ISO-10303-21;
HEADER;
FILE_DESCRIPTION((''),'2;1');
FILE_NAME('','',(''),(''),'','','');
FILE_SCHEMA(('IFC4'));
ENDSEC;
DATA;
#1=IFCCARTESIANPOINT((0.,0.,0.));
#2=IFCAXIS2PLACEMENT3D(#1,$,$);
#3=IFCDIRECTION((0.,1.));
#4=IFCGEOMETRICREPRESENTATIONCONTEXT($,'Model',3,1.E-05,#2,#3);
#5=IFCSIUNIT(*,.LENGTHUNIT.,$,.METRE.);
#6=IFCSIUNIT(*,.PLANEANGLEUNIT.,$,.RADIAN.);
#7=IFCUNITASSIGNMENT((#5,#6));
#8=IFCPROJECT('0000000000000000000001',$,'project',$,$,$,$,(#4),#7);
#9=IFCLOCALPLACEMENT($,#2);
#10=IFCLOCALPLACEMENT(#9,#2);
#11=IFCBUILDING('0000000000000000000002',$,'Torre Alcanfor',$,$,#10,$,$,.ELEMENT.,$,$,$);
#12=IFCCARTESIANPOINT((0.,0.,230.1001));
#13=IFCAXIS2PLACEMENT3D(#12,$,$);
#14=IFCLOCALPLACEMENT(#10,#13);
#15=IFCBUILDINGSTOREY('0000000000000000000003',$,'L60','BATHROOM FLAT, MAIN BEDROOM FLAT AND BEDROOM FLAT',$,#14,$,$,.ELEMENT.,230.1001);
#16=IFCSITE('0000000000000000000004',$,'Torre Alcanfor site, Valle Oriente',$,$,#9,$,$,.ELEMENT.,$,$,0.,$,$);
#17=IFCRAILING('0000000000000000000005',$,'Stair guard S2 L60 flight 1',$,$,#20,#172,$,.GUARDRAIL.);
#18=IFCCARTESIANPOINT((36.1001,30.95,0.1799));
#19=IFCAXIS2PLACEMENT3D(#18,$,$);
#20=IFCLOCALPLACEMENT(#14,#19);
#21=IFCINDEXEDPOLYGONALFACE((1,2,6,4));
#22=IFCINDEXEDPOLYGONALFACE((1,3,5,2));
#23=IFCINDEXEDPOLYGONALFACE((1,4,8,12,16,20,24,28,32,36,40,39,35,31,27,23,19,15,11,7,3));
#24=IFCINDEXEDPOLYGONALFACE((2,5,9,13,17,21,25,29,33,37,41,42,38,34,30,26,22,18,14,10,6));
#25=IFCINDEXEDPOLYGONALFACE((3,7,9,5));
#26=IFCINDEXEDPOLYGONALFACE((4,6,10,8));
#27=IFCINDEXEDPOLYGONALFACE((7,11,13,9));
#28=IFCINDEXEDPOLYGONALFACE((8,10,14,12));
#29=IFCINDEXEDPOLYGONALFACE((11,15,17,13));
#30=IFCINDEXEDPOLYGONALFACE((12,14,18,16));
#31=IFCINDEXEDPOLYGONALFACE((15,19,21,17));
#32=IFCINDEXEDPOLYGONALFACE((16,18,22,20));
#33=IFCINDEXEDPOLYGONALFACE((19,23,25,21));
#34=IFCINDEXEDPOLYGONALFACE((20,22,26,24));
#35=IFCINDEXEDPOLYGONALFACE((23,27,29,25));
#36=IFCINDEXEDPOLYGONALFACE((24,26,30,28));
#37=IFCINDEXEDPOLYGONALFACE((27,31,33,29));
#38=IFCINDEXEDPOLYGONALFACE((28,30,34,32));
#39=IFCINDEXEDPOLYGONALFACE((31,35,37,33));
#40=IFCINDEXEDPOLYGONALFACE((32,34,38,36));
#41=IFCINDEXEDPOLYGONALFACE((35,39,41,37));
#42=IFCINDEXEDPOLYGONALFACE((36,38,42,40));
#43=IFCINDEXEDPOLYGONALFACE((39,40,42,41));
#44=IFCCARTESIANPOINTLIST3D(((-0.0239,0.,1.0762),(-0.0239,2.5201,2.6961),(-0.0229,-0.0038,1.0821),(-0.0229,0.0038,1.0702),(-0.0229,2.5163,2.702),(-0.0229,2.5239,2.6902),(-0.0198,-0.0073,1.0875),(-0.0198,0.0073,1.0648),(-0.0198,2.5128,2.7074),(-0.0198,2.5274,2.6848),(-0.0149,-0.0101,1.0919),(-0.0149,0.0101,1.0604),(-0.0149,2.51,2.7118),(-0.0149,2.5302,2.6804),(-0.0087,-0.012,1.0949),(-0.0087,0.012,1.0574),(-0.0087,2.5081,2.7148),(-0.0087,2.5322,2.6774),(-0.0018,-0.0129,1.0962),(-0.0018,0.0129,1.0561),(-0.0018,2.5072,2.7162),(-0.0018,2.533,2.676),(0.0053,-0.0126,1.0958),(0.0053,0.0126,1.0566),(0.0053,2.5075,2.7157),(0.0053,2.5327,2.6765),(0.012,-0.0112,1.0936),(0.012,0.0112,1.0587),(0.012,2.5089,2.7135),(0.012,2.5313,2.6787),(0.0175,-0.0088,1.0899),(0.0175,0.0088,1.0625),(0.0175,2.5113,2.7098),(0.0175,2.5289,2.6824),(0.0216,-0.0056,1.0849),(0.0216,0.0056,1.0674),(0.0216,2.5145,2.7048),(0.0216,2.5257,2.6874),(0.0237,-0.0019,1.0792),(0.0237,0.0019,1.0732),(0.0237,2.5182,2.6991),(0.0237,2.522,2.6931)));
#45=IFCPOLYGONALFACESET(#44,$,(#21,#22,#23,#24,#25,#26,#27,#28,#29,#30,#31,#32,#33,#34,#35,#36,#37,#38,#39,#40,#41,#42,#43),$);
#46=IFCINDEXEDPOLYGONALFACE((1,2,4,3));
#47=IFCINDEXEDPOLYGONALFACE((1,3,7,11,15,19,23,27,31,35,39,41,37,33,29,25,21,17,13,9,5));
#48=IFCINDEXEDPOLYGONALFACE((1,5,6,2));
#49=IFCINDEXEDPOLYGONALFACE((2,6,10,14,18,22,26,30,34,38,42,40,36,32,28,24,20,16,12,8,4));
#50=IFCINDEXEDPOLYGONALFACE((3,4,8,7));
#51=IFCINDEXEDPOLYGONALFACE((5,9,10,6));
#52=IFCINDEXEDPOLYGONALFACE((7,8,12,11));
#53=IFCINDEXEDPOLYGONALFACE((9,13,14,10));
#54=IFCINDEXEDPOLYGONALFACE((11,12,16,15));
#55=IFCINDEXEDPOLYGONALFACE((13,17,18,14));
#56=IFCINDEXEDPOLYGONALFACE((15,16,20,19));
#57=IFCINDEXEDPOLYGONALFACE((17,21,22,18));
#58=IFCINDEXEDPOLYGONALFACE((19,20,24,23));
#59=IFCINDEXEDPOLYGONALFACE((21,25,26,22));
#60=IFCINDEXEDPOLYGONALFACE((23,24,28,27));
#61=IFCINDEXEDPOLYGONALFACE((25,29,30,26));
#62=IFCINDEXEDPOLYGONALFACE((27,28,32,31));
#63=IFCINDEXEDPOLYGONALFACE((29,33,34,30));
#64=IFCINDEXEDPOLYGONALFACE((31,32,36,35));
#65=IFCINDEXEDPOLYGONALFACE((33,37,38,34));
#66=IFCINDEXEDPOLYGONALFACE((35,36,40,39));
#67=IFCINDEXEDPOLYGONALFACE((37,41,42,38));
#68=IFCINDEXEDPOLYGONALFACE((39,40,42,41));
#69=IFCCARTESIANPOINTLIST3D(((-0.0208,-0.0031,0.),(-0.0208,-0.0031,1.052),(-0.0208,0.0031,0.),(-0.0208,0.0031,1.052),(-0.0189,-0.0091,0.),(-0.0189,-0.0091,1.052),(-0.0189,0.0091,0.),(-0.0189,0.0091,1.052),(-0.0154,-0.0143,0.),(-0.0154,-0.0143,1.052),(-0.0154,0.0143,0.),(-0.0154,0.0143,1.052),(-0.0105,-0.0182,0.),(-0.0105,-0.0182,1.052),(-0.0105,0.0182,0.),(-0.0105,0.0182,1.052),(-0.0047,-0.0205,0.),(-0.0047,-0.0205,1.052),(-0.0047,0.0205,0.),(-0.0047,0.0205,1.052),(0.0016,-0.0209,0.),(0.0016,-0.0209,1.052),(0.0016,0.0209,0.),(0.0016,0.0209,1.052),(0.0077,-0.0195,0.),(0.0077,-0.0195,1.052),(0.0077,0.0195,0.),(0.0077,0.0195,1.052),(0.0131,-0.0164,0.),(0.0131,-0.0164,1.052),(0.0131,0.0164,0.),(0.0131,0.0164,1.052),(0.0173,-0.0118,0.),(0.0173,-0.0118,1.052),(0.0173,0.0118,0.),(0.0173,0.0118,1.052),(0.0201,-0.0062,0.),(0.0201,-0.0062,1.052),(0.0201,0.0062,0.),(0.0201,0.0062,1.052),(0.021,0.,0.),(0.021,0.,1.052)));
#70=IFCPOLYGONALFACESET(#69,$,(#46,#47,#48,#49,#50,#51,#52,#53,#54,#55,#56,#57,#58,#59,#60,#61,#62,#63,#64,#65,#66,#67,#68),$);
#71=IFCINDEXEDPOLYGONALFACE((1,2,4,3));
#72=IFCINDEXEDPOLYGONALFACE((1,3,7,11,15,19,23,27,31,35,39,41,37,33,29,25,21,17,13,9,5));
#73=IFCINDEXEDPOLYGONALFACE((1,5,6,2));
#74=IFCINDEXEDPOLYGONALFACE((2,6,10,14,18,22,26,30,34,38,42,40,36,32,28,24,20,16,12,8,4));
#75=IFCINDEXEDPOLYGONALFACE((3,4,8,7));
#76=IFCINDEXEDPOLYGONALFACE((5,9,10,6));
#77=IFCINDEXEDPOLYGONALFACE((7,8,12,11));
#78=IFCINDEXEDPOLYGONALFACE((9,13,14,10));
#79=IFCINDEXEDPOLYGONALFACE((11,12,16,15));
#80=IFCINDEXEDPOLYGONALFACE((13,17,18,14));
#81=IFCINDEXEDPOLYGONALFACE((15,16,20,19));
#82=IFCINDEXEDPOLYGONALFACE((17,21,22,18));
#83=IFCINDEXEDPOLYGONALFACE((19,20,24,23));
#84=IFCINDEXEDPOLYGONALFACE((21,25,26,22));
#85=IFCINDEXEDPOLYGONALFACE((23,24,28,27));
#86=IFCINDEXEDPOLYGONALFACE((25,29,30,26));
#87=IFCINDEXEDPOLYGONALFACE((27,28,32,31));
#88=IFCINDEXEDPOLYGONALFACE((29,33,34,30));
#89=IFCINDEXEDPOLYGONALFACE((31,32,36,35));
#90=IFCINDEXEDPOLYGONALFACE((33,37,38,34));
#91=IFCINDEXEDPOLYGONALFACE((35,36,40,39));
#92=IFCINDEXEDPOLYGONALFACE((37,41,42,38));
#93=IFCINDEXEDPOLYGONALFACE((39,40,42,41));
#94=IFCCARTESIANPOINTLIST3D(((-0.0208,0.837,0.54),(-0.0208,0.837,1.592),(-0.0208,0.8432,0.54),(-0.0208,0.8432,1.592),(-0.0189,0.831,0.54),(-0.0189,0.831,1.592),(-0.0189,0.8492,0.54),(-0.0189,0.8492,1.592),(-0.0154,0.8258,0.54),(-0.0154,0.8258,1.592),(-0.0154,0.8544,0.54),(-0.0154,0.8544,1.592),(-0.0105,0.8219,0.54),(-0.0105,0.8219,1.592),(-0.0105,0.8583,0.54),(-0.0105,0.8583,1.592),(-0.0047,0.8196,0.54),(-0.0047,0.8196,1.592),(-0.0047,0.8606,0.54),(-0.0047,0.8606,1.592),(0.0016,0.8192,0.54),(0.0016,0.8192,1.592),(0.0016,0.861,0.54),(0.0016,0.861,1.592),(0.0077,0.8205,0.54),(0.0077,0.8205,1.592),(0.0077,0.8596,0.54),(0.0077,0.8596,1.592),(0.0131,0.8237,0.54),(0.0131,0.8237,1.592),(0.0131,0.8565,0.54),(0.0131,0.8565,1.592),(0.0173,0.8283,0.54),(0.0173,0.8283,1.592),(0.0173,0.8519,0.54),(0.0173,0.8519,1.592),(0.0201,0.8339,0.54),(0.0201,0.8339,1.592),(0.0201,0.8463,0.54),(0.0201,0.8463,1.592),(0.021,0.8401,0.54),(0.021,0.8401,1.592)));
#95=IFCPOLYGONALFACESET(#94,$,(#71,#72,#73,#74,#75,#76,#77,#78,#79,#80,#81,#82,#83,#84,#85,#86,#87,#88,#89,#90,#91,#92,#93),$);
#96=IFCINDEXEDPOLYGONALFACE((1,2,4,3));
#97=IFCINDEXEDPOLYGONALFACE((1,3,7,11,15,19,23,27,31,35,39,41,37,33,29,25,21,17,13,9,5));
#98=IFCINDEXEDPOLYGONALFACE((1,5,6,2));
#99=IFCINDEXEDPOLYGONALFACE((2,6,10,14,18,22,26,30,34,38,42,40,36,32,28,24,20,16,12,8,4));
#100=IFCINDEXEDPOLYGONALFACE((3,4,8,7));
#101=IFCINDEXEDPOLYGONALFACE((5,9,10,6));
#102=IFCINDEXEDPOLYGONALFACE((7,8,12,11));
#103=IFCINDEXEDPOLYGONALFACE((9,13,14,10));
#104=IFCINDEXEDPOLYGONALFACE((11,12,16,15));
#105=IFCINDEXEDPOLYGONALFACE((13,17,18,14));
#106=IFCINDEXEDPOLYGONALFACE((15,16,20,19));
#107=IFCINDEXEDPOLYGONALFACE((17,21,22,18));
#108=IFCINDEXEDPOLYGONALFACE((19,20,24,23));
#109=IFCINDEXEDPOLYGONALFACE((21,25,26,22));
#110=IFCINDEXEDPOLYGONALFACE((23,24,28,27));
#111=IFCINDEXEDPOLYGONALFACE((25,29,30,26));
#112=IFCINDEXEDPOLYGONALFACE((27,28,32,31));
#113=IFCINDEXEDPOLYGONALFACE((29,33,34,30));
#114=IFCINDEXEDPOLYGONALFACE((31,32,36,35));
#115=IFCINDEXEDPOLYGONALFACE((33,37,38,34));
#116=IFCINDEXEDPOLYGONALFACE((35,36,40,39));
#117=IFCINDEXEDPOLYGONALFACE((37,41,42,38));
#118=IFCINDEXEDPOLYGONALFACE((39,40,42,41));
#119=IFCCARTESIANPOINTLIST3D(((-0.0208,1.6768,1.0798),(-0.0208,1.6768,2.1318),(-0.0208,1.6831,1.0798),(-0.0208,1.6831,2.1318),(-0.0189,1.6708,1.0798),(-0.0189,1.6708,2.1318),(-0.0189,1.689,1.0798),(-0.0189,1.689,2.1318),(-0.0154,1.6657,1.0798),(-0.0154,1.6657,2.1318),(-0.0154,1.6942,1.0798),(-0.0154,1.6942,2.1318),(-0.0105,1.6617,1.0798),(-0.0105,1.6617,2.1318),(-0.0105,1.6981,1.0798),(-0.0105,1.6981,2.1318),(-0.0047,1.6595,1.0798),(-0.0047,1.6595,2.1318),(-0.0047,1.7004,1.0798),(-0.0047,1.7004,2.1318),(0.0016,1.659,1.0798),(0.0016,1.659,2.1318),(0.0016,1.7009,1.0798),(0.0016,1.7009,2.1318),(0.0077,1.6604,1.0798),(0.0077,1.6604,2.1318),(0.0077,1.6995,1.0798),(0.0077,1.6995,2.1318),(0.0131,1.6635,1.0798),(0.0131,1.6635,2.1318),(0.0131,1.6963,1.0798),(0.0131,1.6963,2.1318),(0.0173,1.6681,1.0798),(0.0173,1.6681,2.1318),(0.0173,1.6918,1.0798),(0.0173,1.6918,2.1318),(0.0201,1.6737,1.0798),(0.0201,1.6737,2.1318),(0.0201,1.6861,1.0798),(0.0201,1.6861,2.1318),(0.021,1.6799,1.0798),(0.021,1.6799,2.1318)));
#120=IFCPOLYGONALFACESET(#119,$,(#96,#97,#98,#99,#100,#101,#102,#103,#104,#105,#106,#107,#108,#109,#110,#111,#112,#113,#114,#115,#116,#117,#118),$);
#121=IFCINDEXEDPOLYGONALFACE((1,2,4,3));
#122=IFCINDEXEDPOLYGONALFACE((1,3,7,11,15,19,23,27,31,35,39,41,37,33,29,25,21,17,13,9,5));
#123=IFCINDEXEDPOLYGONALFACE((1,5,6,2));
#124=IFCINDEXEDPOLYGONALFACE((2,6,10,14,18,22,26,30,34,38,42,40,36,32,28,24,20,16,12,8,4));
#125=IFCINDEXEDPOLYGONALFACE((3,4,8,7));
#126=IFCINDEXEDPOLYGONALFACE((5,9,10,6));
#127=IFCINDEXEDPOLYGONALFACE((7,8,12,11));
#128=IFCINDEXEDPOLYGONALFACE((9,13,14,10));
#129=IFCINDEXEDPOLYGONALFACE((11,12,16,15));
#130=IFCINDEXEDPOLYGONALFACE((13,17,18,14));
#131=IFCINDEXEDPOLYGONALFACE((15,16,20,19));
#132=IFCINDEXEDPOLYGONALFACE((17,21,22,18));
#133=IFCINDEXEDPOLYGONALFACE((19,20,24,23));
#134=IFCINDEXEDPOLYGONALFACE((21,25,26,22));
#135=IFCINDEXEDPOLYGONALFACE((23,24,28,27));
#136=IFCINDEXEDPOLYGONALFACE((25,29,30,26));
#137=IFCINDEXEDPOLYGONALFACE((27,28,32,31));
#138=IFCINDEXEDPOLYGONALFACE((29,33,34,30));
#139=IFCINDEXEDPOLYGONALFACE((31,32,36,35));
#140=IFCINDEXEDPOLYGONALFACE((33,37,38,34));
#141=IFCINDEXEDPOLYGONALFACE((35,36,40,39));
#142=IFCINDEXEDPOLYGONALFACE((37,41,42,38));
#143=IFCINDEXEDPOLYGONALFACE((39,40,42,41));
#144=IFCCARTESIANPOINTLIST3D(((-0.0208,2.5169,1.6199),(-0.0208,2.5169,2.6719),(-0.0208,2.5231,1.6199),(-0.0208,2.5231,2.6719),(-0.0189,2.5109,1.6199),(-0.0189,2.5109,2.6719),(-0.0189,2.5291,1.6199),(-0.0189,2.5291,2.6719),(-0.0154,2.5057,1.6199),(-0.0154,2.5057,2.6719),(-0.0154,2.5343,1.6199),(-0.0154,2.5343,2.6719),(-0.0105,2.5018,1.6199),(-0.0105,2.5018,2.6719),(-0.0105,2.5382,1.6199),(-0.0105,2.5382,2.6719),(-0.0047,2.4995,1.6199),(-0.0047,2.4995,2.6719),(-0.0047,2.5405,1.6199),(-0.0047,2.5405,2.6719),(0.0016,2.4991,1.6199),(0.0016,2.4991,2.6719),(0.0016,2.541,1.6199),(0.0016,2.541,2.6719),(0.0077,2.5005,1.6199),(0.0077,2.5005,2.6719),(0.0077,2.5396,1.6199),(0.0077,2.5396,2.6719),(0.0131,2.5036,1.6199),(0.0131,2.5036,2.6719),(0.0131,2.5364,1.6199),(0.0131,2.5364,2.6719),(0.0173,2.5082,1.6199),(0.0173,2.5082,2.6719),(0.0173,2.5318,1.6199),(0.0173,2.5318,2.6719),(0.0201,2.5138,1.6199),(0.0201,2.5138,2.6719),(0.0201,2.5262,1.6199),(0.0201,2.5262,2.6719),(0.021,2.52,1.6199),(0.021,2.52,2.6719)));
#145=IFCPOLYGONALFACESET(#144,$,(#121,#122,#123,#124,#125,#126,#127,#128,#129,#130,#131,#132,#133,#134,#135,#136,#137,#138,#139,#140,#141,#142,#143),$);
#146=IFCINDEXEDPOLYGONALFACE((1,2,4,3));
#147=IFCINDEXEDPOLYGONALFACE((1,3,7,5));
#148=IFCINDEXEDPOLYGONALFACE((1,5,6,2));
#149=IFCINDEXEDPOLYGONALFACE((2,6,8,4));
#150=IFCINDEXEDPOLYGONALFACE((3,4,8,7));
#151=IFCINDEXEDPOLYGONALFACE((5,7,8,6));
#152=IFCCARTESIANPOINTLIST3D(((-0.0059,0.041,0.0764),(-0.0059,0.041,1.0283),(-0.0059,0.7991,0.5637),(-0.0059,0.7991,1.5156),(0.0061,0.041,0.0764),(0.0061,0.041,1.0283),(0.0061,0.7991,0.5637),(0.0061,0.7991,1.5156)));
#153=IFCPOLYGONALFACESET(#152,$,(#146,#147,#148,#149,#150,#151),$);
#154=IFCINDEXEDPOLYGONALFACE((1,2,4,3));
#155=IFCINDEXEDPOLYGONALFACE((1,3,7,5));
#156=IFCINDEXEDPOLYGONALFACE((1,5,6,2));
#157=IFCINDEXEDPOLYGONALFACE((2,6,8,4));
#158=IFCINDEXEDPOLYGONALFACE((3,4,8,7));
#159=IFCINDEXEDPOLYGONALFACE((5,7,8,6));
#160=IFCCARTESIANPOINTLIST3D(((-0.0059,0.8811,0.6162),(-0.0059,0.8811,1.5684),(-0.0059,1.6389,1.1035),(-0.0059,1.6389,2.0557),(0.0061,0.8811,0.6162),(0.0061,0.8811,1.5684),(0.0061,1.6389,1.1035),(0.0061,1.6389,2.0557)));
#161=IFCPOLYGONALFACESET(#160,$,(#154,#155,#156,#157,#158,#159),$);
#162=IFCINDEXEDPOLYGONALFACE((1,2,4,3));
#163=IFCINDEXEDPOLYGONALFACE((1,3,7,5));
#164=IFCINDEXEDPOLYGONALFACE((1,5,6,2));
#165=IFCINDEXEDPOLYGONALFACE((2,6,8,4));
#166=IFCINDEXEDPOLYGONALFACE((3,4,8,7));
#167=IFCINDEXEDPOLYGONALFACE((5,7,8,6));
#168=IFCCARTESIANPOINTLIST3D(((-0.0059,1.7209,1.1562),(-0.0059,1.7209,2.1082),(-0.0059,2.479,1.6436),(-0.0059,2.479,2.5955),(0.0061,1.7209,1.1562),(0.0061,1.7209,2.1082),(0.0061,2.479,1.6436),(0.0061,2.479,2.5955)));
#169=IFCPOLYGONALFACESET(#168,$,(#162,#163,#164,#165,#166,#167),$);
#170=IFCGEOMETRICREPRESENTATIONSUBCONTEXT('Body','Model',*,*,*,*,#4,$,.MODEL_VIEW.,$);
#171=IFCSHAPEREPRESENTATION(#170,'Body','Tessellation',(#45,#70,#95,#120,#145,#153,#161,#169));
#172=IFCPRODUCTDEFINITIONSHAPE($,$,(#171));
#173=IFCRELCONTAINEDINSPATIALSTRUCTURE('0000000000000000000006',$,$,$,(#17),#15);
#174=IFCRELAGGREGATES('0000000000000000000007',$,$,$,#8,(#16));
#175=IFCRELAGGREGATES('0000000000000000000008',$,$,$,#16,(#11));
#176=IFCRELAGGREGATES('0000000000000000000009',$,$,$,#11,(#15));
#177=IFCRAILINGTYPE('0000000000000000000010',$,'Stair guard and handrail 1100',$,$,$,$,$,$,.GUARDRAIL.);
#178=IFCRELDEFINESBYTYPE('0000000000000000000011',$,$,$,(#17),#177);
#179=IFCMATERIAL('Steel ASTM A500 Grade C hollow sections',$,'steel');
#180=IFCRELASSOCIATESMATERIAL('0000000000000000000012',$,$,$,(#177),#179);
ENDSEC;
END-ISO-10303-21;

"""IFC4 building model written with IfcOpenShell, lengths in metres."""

from ifc_helpers import new_model, si_unit, direction, frame, origin, origin_2d, place, context, subcontext, project, spatial, polyline, circle, outline, extrude, material, type_object, element, save


model = new_model("IFC4")

# Units and contexts
model_context = context("Model", 3, precision=1e-05, world=origin(), true_north=direction((0.0, 1.0)))
body_context = subcontext(model_context, "Body", "Model", "MODEL_VIEW")
ifc_project = project(units=[si_unit("LENGTHUNIT", "METRE"), si_unit("PLANEANGLEUNIT", "RADIAN")], contexts=[model_context])

# Site, building, storey
site_placement = place(None, origin())
site = spatial("IfcSite", under=ifc_project, at=site_placement, Name="Torre Alcanfor site, Valle Oriente", CompositionType="ELEMENT", RefElevation=0.0)
building_placement = place(site_placement, origin())
building = spatial("IfcBuilding", under=site, at=building_placement, Name="Torre Alcanfor", CompositionType="ELEMENT")
storey_placement = place(building_placement, frame((0.0, 0.0, 230.1001)))
storey = spatial("IfcBuildingStorey", under=building, at=storey_placement, Name="L60", Description="BATHROOM FLAT, MAIN BEDROOM FLAT AND BEDROOM FLAT", CompositionType="ELEMENT", Elevation=230.1001)

# Railing
ifc_material_1 = material(Name="Steel ASTM A500 Grade C hollow sections", Category="steel")
railing_type_1 = type_object("IfcRailingType", Name="Stair guard and handrail 1100", PredefinedType="GUARDRAIL", material=ifc_material_1)
railing_1_placement = place(storey_placement, frame((36.1001, 30.95, 0.1799)))
element("IfcRailing", 1, at=railing_1_placement, inside=storey, type_object=railing_type_1, Name="Stair guard S2 L60 flight 1", PredefinedType="GUARDRAIL", context=body_context, shape_type="SweptSolid", body=[
    extrude(circle(Radius=0.0239, at=origin_2d()), frame((0.0, 0.0, 1.0762), z_axis=(0.0, 0.8412, 0.540725), x_axis=(-1.0, 0.0, 0.0)), (0.0, 0.0, 1.0), 2.9958),
    extrude(circle(Radius=0.021, at=origin_2d()), origin(), (0.0, 0.0, 1.0), 1.052),
    extrude(circle(Radius=0.021, at=origin_2d()), frame((0.0, 0.8401, 0.54)), (0.0, 0.0, 1.0), 1.052),
    extrude(circle(Radius=0.021, at=origin_2d()), frame((0.0, 1.6799, 1.0798)), (0.0, 0.0, 1.0), 1.052),
    extrude(circle(Radius=0.021, at=origin_2d()), frame((0.0, 2.52, 1.6199)), (0.0, 0.0, 1.0), 1.052),
    extrude(outline(polyline([(0.041, 0.0764), (0.7991, 0.5637), (0.7991, 1.5156), (0.041, 1.0283), (0.041, 0.0764)])), frame((-0.0059, 0.0, 0.0), z_axis=(1.0, 0.0, 0.0), x_axis=(0.0, 1.0, 0.0)), (0.0, 0.0, 1.0), 0.012),
    extrude(outline(polyline([(0.8811, 0.6162), (1.6389, 1.1035), (1.6389, 2.0557), (0.8811, 1.5684), (0.8811, 0.6162)])), frame((-0.0059, 0.0, 0.0), z_axis=(1.0, 0.0, 0.0), x_axis=(0.0, 1.0, 0.0)), (0.0, 0.0, 1.0), 0.012),
    extrude(outline(polyline([(1.7209, 1.1562), (2.479, 1.6436), (2.479, 2.5955), (1.7209, 2.1082), (1.7209, 1.1562)])), frame((-0.0059, 0.0, 0.0), z_axis=(1.0, 0.0, 0.0), x_axis=(0.0, 1.0, 0.0)), (0.0, 0.0, 1.0), 0.012),
])

save(model, "model.ifc")
